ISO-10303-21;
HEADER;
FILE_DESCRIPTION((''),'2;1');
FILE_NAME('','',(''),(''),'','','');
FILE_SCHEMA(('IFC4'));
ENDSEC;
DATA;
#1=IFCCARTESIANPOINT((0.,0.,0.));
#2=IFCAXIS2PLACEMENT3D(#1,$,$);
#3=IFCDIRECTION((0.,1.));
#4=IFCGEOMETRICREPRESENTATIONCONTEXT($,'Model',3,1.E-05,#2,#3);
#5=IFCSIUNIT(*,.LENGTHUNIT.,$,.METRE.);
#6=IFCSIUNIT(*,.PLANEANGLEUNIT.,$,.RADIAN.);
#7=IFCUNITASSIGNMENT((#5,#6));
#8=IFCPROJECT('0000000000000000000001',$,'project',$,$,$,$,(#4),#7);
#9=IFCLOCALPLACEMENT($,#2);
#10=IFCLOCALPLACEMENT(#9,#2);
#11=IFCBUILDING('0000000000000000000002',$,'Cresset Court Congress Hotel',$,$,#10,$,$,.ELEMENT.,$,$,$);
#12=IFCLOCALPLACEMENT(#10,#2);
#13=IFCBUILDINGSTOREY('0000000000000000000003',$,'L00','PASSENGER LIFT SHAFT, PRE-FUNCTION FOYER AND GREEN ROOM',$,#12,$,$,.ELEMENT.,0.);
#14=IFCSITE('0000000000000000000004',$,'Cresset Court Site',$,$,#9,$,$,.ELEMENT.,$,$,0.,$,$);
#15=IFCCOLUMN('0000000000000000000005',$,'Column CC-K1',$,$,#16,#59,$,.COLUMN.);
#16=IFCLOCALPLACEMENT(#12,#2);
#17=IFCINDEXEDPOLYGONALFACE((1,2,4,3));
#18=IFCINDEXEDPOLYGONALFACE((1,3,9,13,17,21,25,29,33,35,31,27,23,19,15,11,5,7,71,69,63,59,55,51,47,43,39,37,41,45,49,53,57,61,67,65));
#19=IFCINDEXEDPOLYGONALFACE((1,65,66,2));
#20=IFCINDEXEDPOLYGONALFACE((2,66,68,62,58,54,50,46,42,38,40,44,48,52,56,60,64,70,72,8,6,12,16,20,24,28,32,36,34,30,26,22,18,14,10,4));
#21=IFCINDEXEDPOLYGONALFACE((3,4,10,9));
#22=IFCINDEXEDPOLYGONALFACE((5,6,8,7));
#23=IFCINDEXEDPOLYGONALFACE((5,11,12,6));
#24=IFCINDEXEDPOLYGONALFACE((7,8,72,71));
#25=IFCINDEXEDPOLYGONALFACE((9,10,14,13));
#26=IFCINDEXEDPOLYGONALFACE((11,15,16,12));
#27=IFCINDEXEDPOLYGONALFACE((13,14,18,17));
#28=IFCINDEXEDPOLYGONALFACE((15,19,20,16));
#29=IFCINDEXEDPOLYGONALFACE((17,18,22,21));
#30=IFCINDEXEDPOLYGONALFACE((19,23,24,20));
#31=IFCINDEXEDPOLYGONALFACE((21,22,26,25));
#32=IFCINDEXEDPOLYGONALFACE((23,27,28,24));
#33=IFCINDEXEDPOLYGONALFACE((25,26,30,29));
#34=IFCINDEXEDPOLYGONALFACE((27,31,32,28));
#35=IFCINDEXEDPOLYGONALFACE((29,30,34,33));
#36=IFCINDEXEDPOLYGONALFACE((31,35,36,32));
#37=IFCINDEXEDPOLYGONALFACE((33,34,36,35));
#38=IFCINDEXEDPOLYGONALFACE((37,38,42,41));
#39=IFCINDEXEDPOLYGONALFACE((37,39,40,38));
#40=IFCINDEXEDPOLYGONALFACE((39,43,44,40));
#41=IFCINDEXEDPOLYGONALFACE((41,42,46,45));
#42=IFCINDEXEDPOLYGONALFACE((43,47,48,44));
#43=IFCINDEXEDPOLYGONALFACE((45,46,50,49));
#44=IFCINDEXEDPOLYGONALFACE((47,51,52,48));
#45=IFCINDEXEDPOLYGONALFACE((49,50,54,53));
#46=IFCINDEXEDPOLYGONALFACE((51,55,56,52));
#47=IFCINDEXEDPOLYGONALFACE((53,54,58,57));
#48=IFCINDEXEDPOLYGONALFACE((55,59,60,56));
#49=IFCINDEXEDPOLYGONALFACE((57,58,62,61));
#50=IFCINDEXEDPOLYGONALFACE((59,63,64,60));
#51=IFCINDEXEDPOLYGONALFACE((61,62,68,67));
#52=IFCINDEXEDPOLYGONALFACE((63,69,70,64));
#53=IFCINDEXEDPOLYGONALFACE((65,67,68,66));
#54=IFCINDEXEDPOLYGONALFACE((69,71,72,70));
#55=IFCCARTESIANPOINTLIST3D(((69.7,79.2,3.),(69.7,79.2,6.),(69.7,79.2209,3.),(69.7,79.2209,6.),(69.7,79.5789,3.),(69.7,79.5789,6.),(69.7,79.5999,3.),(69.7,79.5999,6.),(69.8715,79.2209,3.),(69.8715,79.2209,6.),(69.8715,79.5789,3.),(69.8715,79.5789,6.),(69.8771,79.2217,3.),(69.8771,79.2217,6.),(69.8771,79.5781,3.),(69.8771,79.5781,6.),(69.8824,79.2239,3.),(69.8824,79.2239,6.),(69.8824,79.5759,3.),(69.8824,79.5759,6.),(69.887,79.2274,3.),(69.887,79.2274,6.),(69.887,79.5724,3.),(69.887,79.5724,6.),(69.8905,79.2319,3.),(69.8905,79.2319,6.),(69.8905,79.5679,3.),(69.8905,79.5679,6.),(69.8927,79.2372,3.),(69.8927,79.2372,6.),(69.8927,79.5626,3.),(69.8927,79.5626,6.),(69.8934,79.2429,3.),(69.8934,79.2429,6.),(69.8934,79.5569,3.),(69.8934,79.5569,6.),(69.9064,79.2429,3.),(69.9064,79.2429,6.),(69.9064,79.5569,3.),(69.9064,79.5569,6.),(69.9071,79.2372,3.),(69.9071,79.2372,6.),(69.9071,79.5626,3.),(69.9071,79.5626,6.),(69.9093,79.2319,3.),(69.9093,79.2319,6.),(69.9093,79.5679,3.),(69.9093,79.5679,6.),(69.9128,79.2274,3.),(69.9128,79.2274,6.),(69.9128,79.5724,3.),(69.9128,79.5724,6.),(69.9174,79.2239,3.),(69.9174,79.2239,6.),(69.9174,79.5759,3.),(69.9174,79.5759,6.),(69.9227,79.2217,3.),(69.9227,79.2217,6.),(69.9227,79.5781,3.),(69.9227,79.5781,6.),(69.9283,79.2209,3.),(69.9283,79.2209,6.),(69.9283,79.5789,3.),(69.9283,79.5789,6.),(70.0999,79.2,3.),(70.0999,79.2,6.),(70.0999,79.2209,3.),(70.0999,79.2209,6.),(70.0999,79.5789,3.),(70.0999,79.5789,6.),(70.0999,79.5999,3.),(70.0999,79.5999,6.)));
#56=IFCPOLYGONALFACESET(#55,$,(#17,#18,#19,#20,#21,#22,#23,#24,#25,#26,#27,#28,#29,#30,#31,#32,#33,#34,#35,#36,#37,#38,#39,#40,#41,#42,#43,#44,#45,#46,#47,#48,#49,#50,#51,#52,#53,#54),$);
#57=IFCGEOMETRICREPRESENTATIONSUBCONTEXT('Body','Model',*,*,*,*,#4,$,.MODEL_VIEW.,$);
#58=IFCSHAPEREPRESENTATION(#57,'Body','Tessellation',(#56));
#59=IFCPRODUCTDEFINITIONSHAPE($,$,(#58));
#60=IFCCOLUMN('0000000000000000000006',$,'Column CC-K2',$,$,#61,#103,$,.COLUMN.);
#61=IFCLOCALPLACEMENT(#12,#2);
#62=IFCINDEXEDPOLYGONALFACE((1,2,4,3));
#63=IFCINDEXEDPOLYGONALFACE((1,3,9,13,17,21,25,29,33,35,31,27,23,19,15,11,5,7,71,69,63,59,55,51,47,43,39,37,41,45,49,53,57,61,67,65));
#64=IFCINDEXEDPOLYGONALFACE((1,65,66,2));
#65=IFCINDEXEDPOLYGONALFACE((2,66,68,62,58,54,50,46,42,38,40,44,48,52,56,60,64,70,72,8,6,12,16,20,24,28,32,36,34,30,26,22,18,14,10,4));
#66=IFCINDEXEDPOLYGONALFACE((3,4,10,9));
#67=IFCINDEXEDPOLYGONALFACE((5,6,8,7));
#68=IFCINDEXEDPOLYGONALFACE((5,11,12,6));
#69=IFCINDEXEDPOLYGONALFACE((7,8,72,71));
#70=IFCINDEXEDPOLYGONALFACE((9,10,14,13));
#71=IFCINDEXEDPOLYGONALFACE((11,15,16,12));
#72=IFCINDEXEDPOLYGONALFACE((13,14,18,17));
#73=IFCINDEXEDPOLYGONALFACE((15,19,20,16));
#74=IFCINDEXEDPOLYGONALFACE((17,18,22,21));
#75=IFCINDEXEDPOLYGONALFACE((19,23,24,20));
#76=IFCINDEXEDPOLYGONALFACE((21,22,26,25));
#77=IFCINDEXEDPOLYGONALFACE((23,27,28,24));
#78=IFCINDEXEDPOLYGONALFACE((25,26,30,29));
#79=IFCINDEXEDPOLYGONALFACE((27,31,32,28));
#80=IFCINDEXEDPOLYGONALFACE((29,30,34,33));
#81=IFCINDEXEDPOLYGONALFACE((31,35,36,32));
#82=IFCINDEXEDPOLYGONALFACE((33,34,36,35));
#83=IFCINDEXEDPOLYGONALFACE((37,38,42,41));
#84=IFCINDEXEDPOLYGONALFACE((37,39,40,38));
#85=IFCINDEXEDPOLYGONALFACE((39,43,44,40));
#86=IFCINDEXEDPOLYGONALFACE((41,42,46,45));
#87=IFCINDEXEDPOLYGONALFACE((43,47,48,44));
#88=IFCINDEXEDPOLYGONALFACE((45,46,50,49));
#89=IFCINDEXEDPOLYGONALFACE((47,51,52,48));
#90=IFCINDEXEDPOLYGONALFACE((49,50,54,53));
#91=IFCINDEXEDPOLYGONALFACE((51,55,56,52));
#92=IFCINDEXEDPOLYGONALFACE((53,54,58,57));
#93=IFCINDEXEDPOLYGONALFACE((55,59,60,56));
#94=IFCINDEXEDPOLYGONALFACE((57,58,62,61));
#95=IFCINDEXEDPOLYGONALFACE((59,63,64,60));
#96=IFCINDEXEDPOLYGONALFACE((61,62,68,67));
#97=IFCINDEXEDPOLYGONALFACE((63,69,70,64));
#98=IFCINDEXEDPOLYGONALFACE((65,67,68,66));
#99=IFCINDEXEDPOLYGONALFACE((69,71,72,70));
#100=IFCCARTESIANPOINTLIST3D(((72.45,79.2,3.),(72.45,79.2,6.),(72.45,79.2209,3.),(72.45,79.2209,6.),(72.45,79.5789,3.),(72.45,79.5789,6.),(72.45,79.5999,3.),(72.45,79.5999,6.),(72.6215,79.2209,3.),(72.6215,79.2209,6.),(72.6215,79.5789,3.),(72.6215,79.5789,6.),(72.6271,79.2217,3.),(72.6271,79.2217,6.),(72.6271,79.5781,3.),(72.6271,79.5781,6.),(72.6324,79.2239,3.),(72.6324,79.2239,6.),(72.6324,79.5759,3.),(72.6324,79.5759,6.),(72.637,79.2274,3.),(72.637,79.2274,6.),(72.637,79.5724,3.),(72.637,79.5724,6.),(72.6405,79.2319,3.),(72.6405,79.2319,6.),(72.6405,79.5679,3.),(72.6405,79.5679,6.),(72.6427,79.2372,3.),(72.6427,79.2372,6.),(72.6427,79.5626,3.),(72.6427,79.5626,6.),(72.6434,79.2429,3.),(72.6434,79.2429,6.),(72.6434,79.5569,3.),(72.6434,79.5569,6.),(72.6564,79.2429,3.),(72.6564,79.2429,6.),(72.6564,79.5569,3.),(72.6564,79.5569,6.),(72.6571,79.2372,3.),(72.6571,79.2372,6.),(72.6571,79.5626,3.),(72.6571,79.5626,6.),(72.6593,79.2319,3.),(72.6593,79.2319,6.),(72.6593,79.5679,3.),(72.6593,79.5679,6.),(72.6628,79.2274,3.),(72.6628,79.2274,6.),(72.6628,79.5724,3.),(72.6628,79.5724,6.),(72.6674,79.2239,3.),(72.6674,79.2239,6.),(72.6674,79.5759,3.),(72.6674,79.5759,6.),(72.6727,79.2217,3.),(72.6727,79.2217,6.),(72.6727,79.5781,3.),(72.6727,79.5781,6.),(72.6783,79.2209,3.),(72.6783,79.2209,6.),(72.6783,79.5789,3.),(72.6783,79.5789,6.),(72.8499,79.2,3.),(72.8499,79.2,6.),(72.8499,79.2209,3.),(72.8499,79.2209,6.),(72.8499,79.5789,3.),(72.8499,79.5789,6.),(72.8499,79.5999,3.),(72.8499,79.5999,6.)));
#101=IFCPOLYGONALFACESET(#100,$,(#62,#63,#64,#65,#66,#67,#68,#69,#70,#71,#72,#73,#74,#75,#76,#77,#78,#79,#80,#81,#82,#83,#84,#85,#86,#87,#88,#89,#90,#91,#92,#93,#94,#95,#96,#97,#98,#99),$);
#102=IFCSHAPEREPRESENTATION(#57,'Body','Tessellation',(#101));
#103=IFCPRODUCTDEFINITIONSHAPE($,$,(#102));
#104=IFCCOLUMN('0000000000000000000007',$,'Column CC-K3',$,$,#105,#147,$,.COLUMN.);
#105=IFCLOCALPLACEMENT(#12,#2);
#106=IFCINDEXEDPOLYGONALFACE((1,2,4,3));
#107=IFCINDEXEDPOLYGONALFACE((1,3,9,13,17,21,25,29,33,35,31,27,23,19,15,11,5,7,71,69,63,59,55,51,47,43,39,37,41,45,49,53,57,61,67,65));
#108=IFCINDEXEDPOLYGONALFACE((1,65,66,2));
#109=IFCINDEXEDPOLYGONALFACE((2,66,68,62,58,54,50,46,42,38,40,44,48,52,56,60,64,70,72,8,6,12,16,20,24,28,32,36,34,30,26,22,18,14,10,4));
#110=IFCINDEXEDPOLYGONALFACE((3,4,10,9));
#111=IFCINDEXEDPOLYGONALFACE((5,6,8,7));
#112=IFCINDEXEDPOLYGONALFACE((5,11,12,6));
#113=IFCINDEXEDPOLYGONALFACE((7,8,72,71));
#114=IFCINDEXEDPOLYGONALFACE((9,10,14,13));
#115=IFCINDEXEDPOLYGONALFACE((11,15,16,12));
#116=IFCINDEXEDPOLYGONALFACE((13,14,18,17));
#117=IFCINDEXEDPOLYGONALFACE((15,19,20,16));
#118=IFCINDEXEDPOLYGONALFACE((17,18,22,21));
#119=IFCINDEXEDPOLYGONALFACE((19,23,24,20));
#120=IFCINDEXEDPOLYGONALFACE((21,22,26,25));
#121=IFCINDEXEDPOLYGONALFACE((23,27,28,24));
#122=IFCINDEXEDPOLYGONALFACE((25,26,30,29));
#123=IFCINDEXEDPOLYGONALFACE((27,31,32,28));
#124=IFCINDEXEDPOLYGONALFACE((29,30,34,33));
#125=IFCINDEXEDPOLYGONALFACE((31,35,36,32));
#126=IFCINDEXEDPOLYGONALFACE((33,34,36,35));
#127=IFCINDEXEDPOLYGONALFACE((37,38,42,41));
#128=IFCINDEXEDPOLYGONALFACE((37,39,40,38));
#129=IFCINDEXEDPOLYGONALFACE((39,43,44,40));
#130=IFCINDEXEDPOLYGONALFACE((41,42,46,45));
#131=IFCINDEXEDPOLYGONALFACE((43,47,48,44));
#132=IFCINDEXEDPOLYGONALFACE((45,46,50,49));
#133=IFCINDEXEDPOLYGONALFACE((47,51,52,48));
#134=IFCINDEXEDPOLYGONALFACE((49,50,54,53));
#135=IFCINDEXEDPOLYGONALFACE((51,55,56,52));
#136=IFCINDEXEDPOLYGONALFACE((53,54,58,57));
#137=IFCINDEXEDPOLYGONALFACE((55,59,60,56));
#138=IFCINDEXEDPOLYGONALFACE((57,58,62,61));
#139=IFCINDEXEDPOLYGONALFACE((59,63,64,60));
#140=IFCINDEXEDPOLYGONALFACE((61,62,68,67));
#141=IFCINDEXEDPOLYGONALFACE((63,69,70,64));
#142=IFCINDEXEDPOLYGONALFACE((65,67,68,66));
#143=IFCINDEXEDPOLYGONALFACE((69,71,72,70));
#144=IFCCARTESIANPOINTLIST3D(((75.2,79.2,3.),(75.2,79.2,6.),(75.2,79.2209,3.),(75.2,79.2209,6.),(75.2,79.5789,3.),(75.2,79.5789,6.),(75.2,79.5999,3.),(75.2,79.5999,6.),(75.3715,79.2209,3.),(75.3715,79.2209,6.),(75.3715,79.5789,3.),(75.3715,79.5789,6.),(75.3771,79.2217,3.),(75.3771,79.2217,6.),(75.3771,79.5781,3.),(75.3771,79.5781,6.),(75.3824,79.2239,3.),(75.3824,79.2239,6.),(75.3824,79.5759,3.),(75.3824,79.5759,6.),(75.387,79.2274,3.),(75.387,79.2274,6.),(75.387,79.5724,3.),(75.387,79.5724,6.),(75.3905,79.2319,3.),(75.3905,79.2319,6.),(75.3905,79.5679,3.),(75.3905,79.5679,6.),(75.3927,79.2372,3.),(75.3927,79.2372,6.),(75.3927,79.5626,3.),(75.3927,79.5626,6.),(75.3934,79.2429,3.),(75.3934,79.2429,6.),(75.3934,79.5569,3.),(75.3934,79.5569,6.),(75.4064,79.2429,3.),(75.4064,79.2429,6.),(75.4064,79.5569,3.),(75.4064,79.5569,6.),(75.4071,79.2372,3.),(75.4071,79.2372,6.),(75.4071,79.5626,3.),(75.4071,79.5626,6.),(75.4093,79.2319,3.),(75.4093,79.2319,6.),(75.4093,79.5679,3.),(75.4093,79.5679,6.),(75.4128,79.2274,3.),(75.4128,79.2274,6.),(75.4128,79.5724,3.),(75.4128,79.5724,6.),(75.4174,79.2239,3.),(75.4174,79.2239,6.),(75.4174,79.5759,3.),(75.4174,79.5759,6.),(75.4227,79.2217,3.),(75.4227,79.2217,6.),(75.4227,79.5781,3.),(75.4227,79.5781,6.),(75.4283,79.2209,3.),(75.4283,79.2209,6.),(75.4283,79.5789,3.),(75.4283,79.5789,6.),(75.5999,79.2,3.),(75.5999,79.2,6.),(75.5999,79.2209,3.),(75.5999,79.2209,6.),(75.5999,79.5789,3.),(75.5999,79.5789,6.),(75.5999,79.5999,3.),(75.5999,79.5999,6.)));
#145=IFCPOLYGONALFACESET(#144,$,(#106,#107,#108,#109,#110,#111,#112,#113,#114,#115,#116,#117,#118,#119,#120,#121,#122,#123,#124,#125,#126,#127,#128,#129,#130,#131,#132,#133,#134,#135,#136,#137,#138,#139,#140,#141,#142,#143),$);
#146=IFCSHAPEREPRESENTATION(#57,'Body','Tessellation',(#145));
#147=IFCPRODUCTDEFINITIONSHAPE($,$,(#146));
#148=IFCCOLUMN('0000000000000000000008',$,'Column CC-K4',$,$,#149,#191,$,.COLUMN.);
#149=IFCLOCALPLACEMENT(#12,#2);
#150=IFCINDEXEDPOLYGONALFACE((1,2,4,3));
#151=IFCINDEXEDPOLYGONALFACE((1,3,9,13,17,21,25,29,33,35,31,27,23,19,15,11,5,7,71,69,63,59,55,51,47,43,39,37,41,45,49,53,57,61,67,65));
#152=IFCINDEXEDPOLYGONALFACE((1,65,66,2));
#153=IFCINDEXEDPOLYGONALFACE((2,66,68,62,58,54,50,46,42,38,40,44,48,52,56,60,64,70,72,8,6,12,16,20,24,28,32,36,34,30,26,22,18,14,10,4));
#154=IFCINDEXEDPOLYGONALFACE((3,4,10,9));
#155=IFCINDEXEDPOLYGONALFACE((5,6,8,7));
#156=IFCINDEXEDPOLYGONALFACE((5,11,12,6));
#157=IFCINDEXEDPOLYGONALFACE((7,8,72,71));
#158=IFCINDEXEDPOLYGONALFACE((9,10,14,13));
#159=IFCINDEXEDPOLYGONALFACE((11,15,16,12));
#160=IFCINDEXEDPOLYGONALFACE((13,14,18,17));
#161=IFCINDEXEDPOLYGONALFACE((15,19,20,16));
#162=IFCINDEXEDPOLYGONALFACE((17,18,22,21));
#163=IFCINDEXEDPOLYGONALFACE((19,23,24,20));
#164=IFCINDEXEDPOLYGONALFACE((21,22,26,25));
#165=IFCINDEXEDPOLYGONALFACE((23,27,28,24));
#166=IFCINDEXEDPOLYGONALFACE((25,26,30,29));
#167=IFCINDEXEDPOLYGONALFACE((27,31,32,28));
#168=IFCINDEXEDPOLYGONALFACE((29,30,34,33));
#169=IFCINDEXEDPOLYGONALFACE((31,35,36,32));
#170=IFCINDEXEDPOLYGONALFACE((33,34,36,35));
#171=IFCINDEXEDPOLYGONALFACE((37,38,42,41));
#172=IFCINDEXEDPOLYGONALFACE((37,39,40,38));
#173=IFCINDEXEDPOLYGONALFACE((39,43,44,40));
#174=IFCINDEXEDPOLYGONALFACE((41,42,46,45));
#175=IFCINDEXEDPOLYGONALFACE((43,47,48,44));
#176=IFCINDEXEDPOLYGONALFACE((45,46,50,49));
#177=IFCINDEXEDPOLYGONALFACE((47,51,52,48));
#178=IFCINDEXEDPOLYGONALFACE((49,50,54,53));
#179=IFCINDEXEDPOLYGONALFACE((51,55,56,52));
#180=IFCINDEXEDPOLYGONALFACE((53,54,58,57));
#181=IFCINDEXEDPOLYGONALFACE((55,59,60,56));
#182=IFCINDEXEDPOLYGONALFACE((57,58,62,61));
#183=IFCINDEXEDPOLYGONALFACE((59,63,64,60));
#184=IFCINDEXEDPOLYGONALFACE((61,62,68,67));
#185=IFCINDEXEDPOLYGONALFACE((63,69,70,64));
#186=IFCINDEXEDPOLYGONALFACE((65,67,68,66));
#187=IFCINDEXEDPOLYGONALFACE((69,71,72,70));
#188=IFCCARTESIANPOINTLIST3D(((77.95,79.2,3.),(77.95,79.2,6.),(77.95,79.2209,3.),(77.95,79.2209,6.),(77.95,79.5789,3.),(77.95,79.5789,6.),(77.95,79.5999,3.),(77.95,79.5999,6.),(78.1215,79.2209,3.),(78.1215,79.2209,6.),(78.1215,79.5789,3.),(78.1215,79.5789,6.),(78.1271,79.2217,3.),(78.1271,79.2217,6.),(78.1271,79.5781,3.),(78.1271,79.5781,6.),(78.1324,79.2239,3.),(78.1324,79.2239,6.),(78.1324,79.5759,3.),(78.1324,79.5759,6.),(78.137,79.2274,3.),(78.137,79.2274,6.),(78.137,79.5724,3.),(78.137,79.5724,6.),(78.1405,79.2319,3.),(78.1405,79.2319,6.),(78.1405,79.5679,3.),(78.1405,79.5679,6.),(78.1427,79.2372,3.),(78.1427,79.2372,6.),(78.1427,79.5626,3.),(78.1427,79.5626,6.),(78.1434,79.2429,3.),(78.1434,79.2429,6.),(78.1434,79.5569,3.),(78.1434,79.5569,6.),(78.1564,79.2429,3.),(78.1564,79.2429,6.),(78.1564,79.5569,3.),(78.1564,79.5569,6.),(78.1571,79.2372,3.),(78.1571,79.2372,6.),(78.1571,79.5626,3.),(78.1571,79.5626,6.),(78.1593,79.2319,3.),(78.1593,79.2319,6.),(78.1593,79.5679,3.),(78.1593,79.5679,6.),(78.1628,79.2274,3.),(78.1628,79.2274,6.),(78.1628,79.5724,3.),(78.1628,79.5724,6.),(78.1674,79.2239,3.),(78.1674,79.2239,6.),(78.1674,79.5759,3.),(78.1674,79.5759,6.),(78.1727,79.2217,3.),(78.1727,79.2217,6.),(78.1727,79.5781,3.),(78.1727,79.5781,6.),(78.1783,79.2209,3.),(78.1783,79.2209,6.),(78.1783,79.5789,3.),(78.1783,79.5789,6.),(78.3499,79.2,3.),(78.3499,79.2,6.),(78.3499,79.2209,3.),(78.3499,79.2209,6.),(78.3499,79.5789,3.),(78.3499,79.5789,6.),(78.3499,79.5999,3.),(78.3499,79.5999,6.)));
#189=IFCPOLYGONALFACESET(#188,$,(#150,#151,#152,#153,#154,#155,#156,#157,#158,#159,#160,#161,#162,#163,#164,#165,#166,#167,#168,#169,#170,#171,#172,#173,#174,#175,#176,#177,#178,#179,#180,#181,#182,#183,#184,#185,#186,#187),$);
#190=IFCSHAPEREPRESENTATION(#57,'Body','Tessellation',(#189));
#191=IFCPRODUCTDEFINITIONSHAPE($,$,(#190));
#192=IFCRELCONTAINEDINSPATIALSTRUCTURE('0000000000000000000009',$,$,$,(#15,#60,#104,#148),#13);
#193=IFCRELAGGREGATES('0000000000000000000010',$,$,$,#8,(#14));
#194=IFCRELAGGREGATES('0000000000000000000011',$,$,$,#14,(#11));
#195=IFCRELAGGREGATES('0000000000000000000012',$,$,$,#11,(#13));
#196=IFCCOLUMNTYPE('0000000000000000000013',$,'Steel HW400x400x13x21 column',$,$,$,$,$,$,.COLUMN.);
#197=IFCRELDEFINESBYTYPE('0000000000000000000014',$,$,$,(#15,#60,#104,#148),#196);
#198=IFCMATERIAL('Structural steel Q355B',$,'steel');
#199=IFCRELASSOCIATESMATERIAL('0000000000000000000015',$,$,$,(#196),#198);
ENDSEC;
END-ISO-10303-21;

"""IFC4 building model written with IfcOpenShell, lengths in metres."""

from ifc_helpers import new_model, si_unit, direction, frame, origin, origin_2d, place, context, subcontext, project, spatial, i_section, extrude, material, material_profile, profile_set, type_object, element, save


model = new_model("IFC4")

# Units and contexts
model_context = context("Model", 3, precision=1e-05, world=origin(), true_north=direction((0.0, 1.0)))
body_context = subcontext(model_context, "Body", "Model", "MODEL_VIEW")
ifc_project = project(units=[si_unit("LENGTHUNIT", "METRE"), si_unit("PLANEANGLEUNIT", "RADIAN")], contexts=[model_context])

# Site, building, storey
site_placement = place(None, origin())
site = spatial("IfcSite", under=ifc_project, at=site_placement, Name="Cresset Court Site", CompositionType="ELEMENT", RefElevation=0.0)
building_placement = place(site_placement, origin())
building = spatial("IfcBuilding", under=site, at=building_placement, Name="Cresset Court Congress Hotel", CompositionType="ELEMENT")
storey_placement = place(building_placement, origin())
storey = spatial("IfcBuildingStorey", under=building, at=storey_placement, Name="L00", Description="PASSENGER LIFT SHAFT, PRE-FUNCTION FOYER AND GREEN ROOM", CompositionType="ELEMENT", Elevation=0.0)

# Columns
ifc_material_1 = material(Name="Structural steel Q355B", Category="steel")
ifc_material_profile_1 = material_profile(ifc_material_1, i_section(OverallWidth=0.3999, OverallDepth=0.3999, WebThickness=0.0129, FlangeThickness=0.021, FilletRadius=0.022, at=origin_2d()), Name="HW400x400x13x21")
ifc_profile_set_1 = profile_set([ifc_material_profile_1], Name="Structural steel Q355B")
column_type_1 = type_object("IfcColumnType", Name="Steel HW400x400x13x21 column", PredefinedType="COLUMN", material=ifc_profile_set_1)
for number, where, z_axis, x_axis, name in (
    (1, (69.8999, 79.3999, 3.0), (0.0, 0.0, 1.0), (1.0, 0.0, 0.0), "Column CC-K1"),
    (2, (72.6499, 79.3999, 3.0), (0.0, 0.0, 1.0), (1.0, 0.0, 0.0), "Column CC-K2"),
    (3, (75.3999, 79.3999, 3.0), (0.0, 0.0, 1.0), (1.0, 0.0, 0.0), "Column CC-K3"),
    (4, (78.1499, 79.3999, 3.0), (0.0, 0.0, 1.0), (1.0, 0.0, 0.0), "Column CC-K4"),
):
    element("IfcColumn", number, at=place(storey_placement, frame(where, z_axis=z_axis, x_axis=x_axis)), inside=storey, type_object=column_type_1, Name=name, PredefinedType="COLUMN", context=body_context, shape_type="SweptSolid", body=[
        extrude(i_section(OverallWidth=0.3999, OverallDepth=0.3999, WebThickness=0.0129, FlangeThickness=0.021, FilletRadius=0.022, at=origin_2d()), origin(), (0.0, 0.0, 1.0), 3.0),
    ])

save(model, "model.ifc")
